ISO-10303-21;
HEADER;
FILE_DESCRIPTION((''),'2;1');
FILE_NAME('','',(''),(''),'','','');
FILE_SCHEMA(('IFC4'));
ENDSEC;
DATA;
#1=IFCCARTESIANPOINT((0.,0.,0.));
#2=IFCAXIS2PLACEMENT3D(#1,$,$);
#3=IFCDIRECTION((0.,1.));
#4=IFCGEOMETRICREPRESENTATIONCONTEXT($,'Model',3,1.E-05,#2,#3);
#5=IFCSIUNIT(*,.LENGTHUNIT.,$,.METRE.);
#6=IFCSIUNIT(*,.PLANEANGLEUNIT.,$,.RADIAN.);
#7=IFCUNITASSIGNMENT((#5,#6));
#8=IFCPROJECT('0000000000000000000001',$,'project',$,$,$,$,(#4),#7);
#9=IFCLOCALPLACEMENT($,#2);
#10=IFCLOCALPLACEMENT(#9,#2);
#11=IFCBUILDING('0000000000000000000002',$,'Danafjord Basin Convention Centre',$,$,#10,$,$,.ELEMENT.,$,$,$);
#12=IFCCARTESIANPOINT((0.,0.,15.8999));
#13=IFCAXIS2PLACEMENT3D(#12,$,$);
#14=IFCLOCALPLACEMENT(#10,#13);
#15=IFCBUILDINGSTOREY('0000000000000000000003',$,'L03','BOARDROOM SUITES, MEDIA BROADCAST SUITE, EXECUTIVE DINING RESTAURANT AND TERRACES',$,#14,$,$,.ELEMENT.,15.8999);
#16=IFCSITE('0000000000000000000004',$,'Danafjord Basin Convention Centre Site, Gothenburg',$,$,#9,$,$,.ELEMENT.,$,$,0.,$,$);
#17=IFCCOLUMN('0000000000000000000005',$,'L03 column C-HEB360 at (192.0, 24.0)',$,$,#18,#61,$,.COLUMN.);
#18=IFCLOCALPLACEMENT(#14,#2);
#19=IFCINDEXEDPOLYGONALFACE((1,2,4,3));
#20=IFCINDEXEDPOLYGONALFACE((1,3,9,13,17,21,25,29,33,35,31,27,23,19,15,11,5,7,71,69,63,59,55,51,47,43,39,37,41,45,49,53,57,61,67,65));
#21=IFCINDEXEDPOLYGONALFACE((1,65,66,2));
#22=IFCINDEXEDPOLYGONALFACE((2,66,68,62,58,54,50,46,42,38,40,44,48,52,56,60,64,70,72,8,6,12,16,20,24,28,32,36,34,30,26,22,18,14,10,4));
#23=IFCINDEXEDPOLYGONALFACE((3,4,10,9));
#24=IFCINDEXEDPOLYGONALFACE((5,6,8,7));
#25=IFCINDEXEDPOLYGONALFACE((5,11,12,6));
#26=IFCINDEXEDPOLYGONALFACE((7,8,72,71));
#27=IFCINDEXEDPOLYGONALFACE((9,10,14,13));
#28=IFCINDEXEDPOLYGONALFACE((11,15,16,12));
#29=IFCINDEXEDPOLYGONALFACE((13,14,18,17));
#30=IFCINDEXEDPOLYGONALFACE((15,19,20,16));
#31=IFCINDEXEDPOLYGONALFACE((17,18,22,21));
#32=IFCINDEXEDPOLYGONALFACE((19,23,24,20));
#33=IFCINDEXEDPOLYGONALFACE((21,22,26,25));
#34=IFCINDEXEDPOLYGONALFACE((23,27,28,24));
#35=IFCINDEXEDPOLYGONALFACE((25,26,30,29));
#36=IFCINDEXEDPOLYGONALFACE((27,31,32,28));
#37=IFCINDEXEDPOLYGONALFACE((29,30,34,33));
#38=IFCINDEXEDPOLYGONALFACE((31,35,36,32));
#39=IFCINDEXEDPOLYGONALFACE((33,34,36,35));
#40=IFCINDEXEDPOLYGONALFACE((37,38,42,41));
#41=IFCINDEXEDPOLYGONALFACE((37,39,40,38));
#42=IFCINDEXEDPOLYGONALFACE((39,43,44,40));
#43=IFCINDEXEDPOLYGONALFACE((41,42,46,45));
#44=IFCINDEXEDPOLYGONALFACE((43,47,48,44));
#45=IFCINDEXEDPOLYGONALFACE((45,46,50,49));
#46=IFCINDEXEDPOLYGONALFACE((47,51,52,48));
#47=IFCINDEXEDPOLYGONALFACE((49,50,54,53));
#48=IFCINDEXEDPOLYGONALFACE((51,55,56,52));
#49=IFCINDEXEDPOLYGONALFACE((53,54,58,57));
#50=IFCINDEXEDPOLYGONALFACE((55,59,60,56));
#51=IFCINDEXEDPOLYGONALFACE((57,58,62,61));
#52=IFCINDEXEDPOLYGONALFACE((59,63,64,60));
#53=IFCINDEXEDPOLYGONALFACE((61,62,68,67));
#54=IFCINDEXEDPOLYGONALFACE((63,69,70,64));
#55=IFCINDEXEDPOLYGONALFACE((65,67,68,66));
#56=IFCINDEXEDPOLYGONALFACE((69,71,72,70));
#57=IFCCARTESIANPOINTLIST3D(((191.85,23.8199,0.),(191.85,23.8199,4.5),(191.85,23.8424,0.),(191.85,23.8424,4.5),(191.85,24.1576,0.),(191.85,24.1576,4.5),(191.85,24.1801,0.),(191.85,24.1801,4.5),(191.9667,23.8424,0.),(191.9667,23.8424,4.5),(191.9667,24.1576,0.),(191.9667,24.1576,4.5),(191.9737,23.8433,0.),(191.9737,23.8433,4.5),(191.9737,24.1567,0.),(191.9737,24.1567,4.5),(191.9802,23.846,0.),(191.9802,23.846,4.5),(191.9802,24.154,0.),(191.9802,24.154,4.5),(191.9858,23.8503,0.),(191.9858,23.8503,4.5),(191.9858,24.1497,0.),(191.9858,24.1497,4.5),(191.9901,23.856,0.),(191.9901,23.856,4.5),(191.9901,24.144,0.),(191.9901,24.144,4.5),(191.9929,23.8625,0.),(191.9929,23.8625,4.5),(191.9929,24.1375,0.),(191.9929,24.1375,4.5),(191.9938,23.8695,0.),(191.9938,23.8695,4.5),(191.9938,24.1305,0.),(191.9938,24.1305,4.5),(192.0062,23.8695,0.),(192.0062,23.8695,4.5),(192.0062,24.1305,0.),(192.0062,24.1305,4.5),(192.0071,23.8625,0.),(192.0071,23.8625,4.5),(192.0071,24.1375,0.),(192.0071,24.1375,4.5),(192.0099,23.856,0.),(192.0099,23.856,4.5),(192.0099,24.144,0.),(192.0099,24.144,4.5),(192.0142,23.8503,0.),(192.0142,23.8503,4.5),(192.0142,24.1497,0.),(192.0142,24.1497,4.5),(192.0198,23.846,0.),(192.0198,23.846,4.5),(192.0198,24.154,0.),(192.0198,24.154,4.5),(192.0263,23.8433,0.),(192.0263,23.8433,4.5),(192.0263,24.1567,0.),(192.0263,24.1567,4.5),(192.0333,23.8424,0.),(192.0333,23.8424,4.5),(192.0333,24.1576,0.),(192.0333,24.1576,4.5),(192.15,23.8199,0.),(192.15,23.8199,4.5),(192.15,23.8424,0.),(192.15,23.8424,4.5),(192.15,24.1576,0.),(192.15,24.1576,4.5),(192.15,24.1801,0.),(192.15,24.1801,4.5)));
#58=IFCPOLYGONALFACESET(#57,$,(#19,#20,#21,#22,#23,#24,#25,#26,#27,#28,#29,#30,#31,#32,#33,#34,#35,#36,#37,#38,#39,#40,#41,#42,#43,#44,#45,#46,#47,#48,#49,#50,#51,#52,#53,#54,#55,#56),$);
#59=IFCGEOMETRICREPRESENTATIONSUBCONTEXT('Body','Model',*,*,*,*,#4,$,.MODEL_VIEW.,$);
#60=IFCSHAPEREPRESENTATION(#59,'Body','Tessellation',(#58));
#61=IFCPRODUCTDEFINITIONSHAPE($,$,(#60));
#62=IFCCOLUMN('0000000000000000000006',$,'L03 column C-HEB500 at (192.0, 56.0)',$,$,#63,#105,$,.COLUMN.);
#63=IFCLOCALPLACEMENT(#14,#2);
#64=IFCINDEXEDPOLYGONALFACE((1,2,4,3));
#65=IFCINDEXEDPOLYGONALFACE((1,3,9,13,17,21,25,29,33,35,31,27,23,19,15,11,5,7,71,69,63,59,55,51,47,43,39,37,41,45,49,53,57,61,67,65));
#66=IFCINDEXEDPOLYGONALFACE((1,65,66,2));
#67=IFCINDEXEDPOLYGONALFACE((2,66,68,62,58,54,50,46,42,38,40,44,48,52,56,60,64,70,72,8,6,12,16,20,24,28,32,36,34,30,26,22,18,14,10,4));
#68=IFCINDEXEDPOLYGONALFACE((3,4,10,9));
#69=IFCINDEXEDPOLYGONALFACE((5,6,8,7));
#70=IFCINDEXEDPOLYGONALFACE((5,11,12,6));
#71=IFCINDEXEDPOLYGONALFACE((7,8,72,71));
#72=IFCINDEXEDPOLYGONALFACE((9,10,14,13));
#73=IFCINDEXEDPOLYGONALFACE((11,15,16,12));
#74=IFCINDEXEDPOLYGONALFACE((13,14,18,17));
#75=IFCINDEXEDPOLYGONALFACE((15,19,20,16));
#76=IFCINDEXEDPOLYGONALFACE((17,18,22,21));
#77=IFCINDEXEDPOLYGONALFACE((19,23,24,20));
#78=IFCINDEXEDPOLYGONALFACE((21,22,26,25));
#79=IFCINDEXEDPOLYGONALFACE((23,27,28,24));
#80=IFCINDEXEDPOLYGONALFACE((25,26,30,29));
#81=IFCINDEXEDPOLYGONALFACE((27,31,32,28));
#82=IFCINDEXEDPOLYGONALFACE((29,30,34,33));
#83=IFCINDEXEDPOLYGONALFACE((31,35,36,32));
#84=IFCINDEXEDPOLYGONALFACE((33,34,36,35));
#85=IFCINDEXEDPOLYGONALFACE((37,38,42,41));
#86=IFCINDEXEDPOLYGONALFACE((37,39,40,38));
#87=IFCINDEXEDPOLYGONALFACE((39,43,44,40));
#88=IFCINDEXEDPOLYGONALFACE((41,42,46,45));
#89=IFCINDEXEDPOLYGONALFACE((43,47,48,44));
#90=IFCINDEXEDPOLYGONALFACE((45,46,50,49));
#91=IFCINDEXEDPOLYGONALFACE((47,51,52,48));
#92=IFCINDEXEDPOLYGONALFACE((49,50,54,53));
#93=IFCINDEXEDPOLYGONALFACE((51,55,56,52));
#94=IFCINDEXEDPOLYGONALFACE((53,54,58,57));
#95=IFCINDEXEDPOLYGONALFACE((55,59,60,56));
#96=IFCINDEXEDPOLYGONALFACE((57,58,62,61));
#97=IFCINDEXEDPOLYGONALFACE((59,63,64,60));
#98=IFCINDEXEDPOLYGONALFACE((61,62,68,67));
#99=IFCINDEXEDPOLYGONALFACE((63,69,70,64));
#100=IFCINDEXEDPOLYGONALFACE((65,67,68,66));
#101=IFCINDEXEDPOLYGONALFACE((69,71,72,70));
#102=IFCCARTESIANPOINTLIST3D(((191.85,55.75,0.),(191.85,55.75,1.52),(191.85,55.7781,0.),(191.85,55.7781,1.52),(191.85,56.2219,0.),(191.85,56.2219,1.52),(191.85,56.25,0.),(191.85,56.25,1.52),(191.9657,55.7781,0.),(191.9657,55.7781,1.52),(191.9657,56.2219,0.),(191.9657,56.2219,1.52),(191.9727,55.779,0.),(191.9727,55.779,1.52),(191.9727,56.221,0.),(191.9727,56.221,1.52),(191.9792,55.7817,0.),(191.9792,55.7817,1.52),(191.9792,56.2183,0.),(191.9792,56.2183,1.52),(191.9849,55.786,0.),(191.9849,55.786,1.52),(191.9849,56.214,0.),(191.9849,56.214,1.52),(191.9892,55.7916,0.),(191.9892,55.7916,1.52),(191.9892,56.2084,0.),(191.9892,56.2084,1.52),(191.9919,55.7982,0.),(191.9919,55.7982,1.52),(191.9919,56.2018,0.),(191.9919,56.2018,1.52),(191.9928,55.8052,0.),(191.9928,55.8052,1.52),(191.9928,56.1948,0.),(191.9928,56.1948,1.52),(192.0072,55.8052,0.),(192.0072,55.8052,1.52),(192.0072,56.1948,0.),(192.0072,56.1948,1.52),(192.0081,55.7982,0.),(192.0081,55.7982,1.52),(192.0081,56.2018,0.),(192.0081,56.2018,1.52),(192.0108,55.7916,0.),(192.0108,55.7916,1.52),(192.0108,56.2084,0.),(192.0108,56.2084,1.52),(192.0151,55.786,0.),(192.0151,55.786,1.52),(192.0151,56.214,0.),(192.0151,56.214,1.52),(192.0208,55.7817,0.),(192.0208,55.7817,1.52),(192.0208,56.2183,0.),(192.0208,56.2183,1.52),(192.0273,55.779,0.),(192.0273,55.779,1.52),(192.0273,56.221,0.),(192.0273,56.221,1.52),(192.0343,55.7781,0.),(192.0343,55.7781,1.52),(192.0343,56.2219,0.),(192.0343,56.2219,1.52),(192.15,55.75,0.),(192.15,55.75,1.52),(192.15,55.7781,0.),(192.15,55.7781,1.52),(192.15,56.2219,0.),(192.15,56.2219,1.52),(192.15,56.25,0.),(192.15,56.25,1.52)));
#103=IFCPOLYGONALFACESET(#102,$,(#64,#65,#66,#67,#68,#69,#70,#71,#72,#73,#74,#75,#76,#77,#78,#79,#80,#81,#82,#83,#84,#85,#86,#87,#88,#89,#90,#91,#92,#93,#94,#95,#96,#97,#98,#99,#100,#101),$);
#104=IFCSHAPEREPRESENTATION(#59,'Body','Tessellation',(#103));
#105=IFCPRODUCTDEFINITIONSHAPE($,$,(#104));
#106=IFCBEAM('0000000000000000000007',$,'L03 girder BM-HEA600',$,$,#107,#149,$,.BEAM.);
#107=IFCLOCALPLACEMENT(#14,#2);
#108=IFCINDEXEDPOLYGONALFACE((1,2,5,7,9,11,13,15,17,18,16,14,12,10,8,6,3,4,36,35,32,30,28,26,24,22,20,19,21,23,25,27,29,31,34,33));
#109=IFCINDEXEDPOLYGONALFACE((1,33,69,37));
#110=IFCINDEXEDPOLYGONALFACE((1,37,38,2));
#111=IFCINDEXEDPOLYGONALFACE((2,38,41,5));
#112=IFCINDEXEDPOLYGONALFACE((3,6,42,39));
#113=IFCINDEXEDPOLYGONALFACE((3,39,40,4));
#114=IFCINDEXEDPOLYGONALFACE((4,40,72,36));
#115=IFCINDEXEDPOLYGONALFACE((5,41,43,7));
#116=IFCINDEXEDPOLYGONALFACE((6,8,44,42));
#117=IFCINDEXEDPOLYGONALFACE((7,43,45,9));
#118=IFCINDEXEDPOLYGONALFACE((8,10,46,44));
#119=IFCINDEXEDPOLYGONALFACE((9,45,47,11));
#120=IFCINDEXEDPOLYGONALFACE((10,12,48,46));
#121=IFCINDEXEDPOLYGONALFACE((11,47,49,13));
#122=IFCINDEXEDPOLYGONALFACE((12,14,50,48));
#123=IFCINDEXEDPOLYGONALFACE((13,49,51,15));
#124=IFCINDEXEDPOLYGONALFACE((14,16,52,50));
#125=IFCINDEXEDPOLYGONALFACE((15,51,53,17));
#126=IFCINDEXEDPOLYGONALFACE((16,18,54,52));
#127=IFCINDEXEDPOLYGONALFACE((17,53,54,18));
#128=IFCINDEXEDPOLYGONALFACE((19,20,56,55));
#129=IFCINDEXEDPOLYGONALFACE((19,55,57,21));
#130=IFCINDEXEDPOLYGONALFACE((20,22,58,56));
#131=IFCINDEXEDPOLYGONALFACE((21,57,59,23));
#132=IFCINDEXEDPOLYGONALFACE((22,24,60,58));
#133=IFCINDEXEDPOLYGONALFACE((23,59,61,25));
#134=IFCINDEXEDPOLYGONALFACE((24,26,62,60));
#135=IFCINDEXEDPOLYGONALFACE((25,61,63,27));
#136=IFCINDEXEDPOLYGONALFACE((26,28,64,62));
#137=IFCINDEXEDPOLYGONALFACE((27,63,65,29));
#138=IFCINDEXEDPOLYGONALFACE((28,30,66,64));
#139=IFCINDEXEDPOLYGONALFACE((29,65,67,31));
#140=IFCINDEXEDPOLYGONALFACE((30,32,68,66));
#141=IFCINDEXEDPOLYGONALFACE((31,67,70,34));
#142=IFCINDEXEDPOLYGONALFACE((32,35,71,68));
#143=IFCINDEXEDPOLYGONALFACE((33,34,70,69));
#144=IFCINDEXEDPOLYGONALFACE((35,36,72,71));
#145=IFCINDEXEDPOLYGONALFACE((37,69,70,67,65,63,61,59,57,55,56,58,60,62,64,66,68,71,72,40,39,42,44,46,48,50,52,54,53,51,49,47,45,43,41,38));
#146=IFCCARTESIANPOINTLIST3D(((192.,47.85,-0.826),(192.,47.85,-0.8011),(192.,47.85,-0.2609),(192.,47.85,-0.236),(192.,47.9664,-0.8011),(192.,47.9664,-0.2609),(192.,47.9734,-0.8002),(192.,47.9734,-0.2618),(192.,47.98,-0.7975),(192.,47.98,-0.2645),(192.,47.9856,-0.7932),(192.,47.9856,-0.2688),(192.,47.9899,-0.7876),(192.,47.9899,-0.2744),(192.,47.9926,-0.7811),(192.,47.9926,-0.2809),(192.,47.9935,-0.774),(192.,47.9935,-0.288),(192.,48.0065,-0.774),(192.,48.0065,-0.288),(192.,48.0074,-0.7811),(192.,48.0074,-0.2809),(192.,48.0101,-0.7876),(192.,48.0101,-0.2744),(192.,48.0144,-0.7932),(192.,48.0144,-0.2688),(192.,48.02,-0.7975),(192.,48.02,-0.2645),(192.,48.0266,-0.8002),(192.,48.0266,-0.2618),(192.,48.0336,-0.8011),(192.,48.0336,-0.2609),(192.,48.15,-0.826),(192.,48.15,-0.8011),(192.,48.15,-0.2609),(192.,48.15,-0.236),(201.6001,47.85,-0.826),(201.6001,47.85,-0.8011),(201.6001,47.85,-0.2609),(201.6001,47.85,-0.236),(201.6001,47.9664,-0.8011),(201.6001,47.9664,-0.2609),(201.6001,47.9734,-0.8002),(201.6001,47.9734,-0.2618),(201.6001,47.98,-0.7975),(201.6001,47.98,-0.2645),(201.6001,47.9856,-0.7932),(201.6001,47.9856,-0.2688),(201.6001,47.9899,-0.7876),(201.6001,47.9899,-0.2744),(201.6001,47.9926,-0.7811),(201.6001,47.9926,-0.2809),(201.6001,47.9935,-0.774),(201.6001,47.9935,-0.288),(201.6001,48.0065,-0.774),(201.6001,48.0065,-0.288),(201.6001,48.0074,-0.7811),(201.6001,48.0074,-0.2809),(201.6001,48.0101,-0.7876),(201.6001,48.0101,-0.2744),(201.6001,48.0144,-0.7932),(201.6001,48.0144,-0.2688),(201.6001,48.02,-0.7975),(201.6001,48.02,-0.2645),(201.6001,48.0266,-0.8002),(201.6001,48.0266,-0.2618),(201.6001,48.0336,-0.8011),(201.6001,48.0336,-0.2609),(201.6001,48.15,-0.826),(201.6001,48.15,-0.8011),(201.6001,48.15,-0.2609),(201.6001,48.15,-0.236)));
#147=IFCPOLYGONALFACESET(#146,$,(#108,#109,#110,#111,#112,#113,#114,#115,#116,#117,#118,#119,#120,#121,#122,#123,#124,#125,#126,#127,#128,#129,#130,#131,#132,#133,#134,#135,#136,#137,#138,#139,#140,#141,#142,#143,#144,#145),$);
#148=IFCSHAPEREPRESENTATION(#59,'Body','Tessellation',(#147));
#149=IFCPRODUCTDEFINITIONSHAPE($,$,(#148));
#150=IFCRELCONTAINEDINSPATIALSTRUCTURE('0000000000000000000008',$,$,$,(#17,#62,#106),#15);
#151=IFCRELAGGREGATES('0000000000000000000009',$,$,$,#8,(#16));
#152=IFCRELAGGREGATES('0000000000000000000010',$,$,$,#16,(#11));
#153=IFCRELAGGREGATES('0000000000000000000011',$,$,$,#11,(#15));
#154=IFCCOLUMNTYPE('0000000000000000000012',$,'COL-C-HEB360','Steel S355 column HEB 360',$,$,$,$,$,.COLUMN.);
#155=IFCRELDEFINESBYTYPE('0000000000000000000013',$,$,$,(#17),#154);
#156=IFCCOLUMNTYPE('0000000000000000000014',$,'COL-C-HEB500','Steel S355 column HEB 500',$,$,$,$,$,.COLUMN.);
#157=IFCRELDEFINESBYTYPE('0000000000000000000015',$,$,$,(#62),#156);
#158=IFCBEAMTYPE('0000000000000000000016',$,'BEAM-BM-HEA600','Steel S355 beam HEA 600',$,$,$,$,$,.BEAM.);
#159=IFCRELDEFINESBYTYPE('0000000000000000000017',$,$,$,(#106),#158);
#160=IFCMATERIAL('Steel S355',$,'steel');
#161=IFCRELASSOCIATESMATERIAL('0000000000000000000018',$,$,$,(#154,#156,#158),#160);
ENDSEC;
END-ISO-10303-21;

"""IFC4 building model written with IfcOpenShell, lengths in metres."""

from ifc_helpers import new_model, si_unit, direction, frame, origin, origin_2d, place, context, subcontext, project, spatial, i_section, extrude, material, material_profile, profile_set, type_object, element, save


model = new_model("IFC4")

# Units and contexts
model_context = context("Model", 3, precision=1e-05, world=origin(), true_north=direction((0.0, 1.0)))
body_context = subcontext(model_context, "Body", "Model", "MODEL_VIEW")
ifc_project = project(units=[si_unit("LENGTHUNIT", "METRE"), si_unit("PLANEANGLEUNIT", "RADIAN")], contexts=[model_context])

# Site, building, storey
site_placement = place(None, origin())
site = spatial("IfcSite", under=ifc_project, at=site_placement, Name="Danafjord Basin Convention Centre Site, Gothenburg", CompositionType="ELEMENT", RefElevation=0.0)
building_placement = place(site_placement, origin())
building = spatial("IfcBuilding", under=site, at=building_placement, Name="Danafjord Basin Convention Centre", CompositionType="ELEMENT")
storey_placement = place(building_placement, frame((0.0, 0.0, 15.8999)))
storey = spatial("IfcBuildingStorey", under=building, at=storey_placement, Name="L03", Description="BOARDROOM SUITES, MEDIA BROADCAST SUITE, EXECUTIVE DINING RESTAURANT AND TERRACES", CompositionType="ELEMENT", Elevation=15.8999)

# Columns
ifc_material_1 = material(Name="Steel S355", Category="steel")
ifc_material_profile_1 = material_profile(ifc_material_1, i_section(OverallWidth=0.3, OverallDepth=0.3601, WebThickness=0.0125, FlangeThickness=0.0225, FilletRadius=0.0271, at=origin_2d()), Name="HEB 360")
ifc_profile_set_1 = profile_set([ifc_material_profile_1], Name="Steel S355")
column_type_1 = type_object("IfcColumnType", Name="COL-C-HEB360", Description="Steel S355 column HEB 360", PredefinedType="COLUMN", material=ifc_profile_set_1)
for number, where, z_axis, x_axis, name in (
    (1, (192.0, 24.0, 0.0), (0.0, 0.0, 1.0), (1.0, 0.0, 0.0), "L03 column C-HEB360 at (192.0, 24.0)"),
):
    element("IfcColumn", number, at=place(storey_placement, frame(where, z_axis=z_axis, x_axis=x_axis)), inside=storey, type_object=column_type_1, Name=name, PredefinedType="COLUMN", context=body_context, shape_type="SweptSolid", body=[
        extrude(i_section(OverallWidth=0.3, OverallDepth=0.3601, WebThickness=0.0125, FlangeThickness=0.0225, FilletRadius=0.0271, at=origin_2d()), origin(), (0.0, 0.0, 1.0), 4.5),
    ])
ifc_material_profile_2 = material_profile(ifc_material_1, i_section(OverallWidth=0.3, OverallDepth=0.5, WebThickness=0.0144, FlangeThickness=0.0281, FilletRadius=0.0271, at=origin_2d()), Name="HEB 500")
ifc_profile_set_2 = profile_set([ifc_material_profile_2], Name="Steel S355")
column_type_2 = type_object("IfcColumnType", Name="COL-C-HEB500", Description="Steel S355 column HEB 500", PredefinedType="COLUMN", material=ifc_profile_set_2)
column_1_placement = place(storey_placement, frame((192.0, 56.0, 0.0), z_axis=(0.0, 0.0, 1.0), x_axis=(1.0, 0.0, 0.0)))
element("IfcColumn", 2, at=column_1_placement, inside=storey, type_object=column_type_2, Name="L03 column C-HEB500 at (192.0, 56.0)", PredefinedType="COLUMN", context=body_context, shape_type="SweptSolid", body=[
    extrude(i_section(OverallWidth=0.3, OverallDepth=0.5, WebThickness=0.0144, FlangeThickness=0.0281, FilletRadius=0.0271, at=origin_2d()), origin(), (0.0, 0.0, 1.0), 1.52),
])

# Beam
ifc_material_profile_3 = material_profile(ifc_material_1, i_section(OverallWidth=0.3, OverallDepth=0.5901, WebThickness=0.0129, FlangeThickness=0.0249, FilletRadius=0.0271, at=origin_2d()), Name="HEA 600")
ifc_profile_set_3 = profile_set([ifc_material_profile_3], Name="Steel S355")
beam_type_1 = type_object("IfcBeamType", Name="BEAM-BM-HEA600", Description="Steel S355 beam HEA 600", PredefinedType="BEAM", material=ifc_profile_set_3)
beam_1_placement = place(storey_placement, frame((192.0, 48.0, -0.531), z_axis=(1.0, 0.0, 0.0), x_axis=(0.0, 1.0, 0.0)))
element("IfcBeam", 3, at=beam_1_placement, inside=storey, type_object=beam_type_1, Name="L03 girder BM-HEA600", PredefinedType="BEAM", context=body_context, shape_type="SweptSolid", body=[
    extrude(i_section(OverallWidth=0.3, OverallDepth=0.5901, WebThickness=0.0129, FlangeThickness=0.0249, FilletRadius=0.0271, at=origin_2d()), origin(), (0.0, 0.0, 1.0), 9.6001),
])

save(model, "model.ifc")
